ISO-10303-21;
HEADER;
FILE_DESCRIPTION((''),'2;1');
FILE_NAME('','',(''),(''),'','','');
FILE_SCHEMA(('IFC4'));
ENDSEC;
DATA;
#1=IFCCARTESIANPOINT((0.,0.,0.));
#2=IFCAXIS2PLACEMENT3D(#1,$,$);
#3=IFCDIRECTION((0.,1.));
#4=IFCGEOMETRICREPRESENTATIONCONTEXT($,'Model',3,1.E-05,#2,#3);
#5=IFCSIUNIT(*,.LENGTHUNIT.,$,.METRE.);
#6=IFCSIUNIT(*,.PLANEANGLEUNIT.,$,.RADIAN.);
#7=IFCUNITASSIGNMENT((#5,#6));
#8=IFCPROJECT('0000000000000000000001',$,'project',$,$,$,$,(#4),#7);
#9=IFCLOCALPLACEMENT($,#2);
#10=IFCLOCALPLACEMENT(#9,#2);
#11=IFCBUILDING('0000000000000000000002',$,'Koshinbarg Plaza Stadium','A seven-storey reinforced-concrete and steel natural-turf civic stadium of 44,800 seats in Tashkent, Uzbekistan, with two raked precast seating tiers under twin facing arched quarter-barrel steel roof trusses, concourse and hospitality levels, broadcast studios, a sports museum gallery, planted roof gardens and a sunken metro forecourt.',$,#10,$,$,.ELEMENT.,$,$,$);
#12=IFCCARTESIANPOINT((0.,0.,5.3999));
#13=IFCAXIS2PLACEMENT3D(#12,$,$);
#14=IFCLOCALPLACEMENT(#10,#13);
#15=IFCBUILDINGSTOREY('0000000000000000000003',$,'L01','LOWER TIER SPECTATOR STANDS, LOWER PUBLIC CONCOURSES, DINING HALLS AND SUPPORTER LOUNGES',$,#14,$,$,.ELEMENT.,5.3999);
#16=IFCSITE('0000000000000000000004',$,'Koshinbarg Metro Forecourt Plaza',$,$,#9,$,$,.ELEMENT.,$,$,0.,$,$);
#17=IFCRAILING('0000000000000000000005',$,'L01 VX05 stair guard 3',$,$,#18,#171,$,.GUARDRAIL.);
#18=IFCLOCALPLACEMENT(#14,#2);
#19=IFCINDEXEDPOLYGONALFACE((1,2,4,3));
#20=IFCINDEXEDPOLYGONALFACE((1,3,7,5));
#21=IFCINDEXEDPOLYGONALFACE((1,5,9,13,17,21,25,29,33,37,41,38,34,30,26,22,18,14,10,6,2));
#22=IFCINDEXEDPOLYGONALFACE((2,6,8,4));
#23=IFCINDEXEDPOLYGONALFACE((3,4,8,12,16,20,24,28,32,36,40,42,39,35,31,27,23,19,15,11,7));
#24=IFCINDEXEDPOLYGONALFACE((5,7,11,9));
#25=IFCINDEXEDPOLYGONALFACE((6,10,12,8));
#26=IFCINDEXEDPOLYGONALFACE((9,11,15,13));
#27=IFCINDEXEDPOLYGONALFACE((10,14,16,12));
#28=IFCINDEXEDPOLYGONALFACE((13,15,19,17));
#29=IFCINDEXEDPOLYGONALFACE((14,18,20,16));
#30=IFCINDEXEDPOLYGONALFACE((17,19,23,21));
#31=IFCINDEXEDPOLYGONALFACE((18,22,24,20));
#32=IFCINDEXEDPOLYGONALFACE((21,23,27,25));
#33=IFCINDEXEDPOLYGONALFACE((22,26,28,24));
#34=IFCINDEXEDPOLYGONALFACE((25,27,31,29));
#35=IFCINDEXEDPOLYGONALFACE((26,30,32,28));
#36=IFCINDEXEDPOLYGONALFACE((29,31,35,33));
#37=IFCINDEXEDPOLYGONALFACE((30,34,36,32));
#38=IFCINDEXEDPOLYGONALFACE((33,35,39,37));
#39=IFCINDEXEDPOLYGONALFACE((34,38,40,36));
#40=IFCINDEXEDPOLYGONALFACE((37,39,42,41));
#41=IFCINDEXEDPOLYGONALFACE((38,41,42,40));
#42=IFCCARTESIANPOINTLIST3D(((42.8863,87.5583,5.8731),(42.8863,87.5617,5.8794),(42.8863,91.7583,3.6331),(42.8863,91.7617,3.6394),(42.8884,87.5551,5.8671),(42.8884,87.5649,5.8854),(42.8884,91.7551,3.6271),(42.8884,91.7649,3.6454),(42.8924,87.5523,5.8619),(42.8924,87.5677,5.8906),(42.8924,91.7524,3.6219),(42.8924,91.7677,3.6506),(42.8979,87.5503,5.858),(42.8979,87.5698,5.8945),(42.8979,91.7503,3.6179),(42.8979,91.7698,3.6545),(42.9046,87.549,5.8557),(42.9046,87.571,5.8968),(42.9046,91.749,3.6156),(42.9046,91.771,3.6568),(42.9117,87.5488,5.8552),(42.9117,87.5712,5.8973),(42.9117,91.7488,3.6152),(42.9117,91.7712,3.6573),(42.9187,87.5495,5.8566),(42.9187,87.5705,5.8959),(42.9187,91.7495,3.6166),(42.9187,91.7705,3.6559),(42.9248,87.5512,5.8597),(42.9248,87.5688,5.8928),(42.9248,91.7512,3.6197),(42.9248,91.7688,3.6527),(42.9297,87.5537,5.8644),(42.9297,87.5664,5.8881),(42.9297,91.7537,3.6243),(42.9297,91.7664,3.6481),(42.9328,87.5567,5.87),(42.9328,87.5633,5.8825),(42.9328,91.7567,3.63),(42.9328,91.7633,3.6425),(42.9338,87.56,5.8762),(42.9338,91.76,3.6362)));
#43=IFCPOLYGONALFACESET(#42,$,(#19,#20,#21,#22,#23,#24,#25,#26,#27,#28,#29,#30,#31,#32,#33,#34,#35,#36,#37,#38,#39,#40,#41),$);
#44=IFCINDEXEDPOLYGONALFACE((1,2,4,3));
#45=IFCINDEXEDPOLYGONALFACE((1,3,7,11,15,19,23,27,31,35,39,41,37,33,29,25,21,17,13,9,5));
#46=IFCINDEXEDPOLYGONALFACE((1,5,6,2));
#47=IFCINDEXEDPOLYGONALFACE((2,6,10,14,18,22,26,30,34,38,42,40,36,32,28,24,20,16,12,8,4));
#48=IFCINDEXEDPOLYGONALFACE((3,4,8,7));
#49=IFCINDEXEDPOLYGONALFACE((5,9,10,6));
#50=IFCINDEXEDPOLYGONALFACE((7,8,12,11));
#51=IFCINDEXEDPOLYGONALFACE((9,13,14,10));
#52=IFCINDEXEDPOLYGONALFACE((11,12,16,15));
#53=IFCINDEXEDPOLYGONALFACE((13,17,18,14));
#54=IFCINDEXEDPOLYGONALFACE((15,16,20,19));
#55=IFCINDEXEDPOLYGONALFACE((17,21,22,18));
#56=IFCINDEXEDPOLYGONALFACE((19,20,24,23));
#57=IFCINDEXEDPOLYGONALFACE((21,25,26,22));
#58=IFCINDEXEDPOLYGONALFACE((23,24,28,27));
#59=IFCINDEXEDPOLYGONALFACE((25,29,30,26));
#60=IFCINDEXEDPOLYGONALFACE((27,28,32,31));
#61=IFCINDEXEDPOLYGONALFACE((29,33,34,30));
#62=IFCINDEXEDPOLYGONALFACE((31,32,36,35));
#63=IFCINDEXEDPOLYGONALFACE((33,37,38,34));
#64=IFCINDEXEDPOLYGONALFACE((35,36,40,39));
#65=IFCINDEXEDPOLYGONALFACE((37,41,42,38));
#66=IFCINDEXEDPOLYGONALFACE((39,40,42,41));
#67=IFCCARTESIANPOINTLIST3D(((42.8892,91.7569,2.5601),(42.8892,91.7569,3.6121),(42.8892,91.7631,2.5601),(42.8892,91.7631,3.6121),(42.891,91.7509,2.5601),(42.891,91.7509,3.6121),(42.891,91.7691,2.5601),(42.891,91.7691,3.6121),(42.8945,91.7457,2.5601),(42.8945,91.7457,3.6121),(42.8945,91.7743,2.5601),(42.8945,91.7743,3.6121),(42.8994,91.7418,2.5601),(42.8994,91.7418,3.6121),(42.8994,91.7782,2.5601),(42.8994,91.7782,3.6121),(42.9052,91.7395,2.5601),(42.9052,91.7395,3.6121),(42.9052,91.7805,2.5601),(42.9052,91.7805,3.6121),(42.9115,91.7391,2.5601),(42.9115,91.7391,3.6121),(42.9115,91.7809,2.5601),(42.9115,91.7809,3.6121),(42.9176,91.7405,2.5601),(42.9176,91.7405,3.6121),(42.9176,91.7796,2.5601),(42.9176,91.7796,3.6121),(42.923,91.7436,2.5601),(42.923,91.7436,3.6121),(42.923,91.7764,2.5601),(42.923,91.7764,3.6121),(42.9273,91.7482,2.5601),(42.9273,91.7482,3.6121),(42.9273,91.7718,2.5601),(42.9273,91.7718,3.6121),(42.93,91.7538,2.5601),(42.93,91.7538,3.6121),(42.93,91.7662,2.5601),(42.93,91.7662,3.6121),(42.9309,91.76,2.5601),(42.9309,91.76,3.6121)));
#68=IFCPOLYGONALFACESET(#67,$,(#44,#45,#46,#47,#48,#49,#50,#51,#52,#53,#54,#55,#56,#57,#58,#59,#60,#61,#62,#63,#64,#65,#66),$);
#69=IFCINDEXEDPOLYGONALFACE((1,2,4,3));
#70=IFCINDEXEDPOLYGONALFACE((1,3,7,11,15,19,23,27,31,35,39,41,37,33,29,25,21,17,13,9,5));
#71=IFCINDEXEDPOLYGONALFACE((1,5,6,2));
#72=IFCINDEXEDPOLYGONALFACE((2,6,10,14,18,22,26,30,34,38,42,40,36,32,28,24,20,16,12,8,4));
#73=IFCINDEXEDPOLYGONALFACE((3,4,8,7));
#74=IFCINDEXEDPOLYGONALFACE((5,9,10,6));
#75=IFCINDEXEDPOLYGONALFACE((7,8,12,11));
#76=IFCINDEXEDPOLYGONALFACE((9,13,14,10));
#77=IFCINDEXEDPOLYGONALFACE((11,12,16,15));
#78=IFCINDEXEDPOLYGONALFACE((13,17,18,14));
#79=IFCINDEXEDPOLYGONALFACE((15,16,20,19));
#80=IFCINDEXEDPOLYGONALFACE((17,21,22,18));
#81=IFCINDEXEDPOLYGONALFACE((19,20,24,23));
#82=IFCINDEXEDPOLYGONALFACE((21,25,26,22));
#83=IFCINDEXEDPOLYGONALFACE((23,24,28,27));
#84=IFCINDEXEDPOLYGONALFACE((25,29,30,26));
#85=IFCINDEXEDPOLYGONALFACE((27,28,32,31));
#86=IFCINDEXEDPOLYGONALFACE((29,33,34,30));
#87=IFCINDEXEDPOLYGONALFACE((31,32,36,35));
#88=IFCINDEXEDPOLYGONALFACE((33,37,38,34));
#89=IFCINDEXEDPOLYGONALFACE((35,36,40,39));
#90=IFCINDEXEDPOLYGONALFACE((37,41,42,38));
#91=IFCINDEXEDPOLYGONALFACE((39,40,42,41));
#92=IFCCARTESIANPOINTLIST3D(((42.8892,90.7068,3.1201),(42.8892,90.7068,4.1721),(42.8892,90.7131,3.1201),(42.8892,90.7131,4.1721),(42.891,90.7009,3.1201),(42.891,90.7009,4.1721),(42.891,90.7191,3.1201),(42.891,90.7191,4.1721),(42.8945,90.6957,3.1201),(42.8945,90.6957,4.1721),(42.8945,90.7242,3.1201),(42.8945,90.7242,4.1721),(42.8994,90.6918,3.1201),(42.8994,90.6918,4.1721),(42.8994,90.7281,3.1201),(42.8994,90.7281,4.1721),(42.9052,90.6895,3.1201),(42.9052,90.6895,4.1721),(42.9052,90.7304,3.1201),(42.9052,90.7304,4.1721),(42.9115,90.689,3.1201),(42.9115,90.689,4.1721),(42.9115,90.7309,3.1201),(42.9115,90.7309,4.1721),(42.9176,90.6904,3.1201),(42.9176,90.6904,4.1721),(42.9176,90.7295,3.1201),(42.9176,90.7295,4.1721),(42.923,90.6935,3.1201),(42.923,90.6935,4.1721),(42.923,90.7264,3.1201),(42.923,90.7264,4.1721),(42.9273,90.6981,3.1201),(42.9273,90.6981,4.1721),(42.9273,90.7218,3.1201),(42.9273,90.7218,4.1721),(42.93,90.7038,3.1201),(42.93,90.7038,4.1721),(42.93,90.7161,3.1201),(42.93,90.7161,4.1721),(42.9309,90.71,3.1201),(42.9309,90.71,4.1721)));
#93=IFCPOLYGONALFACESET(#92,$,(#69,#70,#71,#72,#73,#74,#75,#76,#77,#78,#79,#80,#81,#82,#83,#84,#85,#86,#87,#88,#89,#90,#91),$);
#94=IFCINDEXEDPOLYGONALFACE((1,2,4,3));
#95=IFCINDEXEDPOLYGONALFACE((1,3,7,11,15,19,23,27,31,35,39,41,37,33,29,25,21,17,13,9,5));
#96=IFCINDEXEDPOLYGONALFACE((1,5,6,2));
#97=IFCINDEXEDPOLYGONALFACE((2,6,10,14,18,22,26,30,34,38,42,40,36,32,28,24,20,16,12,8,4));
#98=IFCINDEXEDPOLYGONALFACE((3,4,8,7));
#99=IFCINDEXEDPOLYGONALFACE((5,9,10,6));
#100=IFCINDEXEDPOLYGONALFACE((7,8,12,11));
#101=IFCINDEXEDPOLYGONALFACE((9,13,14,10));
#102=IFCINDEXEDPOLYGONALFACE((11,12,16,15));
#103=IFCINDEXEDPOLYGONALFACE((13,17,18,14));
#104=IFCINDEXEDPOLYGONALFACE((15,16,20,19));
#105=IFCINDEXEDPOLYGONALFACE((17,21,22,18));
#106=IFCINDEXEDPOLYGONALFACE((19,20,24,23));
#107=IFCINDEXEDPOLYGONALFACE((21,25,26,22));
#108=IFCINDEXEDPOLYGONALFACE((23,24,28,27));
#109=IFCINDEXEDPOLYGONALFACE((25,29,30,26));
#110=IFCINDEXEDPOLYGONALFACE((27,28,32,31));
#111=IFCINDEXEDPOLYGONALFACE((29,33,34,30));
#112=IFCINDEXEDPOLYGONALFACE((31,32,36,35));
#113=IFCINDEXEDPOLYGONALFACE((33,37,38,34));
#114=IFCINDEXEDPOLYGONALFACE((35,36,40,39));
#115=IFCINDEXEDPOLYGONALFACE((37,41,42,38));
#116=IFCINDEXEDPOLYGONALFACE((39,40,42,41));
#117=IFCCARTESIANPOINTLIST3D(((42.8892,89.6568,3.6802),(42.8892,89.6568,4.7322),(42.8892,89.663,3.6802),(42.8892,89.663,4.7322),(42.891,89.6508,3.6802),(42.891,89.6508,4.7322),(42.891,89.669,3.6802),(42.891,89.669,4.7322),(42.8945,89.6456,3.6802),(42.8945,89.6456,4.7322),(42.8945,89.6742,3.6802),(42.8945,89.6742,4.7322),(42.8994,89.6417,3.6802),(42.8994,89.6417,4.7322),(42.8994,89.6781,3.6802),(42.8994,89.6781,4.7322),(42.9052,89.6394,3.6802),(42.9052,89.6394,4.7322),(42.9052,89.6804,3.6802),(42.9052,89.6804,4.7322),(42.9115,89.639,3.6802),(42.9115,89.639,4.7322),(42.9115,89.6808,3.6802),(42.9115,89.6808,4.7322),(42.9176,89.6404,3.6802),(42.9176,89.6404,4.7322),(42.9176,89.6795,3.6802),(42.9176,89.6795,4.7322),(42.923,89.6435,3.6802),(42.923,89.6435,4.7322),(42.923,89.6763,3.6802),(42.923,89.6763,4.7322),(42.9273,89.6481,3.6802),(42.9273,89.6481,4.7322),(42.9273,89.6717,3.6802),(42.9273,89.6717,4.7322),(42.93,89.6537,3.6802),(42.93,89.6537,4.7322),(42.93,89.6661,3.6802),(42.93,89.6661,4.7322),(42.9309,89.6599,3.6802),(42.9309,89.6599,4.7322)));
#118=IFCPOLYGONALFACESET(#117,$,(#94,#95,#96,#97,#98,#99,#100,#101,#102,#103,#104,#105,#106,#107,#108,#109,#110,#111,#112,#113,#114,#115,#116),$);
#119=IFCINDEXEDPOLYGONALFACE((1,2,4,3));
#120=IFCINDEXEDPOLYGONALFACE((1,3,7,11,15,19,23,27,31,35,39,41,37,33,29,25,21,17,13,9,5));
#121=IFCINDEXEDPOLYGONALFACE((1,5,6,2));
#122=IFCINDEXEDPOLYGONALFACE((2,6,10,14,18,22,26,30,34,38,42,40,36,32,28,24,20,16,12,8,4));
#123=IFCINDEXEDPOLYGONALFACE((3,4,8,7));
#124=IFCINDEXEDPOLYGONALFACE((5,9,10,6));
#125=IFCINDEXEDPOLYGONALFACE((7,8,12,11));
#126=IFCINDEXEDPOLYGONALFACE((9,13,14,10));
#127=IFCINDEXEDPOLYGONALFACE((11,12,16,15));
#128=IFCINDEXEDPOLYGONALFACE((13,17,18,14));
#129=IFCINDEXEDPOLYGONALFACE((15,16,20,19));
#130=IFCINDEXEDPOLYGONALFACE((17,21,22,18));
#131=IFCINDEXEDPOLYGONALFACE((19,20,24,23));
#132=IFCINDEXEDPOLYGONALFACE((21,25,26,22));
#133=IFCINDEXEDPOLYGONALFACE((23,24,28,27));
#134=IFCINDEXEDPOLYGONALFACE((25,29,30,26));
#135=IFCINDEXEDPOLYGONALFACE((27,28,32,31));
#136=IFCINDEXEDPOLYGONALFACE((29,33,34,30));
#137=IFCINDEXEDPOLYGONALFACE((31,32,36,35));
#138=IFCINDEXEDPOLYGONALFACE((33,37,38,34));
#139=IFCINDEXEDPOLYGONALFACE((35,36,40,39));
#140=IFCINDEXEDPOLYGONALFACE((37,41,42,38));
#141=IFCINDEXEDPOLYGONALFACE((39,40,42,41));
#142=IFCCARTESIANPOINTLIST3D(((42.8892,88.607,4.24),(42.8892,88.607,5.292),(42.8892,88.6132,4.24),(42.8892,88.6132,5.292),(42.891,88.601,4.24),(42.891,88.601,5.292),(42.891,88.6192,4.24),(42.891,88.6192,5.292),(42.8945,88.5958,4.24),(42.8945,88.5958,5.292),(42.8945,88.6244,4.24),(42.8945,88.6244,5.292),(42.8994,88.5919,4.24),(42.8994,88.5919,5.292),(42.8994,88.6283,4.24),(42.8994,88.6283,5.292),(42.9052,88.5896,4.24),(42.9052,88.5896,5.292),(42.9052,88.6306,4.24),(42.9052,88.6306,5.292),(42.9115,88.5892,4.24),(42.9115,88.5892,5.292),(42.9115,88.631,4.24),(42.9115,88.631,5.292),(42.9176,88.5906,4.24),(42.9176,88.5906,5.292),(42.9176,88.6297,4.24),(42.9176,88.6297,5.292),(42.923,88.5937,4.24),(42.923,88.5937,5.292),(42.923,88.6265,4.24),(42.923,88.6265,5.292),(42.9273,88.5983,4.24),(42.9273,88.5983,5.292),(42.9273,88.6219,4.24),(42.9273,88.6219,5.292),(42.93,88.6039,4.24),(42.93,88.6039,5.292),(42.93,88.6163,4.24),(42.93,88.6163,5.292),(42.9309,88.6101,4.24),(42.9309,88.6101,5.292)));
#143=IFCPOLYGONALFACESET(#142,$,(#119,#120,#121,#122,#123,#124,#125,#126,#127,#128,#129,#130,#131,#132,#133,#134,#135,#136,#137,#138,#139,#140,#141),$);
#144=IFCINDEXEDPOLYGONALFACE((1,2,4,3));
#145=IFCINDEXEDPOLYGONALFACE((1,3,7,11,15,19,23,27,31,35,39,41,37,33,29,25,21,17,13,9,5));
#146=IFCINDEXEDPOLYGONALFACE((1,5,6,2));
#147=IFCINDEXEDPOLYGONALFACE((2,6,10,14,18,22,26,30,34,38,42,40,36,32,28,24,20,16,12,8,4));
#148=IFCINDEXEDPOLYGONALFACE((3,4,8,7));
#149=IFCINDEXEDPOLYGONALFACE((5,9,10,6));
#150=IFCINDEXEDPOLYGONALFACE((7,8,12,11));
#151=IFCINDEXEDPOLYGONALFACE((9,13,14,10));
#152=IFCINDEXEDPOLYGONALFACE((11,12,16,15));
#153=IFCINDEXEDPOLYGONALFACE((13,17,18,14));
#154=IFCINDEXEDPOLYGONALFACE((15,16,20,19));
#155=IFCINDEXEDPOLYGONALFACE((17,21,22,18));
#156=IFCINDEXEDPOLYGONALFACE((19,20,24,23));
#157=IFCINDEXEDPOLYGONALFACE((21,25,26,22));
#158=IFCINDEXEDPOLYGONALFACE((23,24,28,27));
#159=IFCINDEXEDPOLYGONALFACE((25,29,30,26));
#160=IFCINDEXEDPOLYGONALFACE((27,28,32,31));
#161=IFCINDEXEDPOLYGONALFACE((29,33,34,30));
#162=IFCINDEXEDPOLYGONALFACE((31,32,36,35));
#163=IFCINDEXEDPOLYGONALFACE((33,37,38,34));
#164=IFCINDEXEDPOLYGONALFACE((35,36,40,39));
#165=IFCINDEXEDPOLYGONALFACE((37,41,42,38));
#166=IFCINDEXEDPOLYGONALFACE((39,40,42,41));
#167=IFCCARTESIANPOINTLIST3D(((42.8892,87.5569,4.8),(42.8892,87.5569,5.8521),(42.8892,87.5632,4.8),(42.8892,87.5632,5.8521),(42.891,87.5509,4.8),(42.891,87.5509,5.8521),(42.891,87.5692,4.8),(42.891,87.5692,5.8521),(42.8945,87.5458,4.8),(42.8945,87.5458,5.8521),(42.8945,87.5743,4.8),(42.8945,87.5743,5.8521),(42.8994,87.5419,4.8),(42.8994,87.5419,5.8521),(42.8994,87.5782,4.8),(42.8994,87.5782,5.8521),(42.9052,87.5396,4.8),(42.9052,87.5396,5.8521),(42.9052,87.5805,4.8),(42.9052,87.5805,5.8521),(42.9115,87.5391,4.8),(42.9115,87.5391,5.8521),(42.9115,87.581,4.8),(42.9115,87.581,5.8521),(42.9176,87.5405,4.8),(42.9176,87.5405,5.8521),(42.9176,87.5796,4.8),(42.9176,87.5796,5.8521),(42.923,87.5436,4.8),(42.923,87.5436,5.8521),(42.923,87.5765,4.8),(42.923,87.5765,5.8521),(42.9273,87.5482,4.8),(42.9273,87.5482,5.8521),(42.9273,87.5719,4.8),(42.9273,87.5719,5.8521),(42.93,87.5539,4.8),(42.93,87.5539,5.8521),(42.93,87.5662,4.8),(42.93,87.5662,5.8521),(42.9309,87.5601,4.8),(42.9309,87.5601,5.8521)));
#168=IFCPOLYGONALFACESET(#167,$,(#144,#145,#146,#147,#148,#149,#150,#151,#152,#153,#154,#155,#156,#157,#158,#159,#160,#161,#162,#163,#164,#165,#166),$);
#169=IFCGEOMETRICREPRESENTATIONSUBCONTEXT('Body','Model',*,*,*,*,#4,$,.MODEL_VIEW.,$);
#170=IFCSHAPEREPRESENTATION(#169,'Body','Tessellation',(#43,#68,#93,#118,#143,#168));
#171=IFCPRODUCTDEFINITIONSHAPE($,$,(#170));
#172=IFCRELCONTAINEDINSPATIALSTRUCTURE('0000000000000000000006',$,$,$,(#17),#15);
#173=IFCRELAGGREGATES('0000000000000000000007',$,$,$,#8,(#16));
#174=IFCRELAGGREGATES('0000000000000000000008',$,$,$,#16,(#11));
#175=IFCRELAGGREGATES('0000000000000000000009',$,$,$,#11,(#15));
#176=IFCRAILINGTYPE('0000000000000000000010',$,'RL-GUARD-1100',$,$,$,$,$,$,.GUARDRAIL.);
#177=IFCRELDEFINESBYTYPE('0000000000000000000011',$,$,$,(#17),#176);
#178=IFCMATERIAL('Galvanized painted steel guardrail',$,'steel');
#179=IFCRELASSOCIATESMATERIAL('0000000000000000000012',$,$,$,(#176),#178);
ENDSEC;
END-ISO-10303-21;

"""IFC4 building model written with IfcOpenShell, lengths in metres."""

from ifc_helpers import new_model, si_unit, direction, frame, origin, origin_2d, place, context, subcontext, project, spatial, circle, extrude, material, type_object, element, save


model = new_model("IFC4")

# Units and contexts
model_context = context("Model", 3, precision=1e-05, world=origin(), true_north=direction((0.0, 1.0)))
body_context = subcontext(model_context, "Body", "Model", "MODEL_VIEW")
ifc_project = project(units=[si_unit("LENGTHUNIT", "METRE"), si_unit("PLANEANGLEUNIT", "RADIAN")], contexts=[model_context])

# Site, building, storey
site_placement = place(None, origin())
site = spatial("IfcSite", under=ifc_project, at=site_placement, Name="Koshinbarg Metro Forecourt Plaza", CompositionType="ELEMENT", RefElevation=0.0)
building_placement = place(site_placement, origin())
building = spatial("IfcBuilding", under=site, at=building_placement, Name="Koshinbarg Plaza Stadium", Description="A seven-storey reinforced-concrete and steel natural-turf civic stadium of 44,800 seats in Tashkent, Uzbekistan, with two raked precast seating tiers under twin facing arched quarter-barrel steel roof trusses, concourse and hospitality levels, broadcast studios, a sports museum gallery, planted roof gardens and a sunken metro forecourt.", CompositionType="ELEMENT")
storey_placement = place(building_placement, frame((0.0, 0.0, 5.3999)))
storey = spatial("IfcBuildingStorey", under=building, at=storey_placement, Name="L01", Description="LOWER TIER SPECTATOR STANDS, LOWER PUBLIC CONCOURSES, DINING HALLS AND SUPPORTER LOUNGES", CompositionType="ELEMENT", Elevation=5.3999)

# Railing
ifc_material_1 = material(Name="Galvanized painted steel guardrail", Category="steel")
railing_type_1 = type_object("IfcRailingType", Name="RL-GUARD-1100", PredefinedType="GUARDRAIL", material=ifc_material_1)
railing_1_placement = place(storey_placement, frame((42.9099, 91.76, 2.5601)))
element("IfcRailing", 1, at=railing_1_placement, inside=storey, type_object=railing_type_1, Name="L01 VX05 stair guard 3", PredefinedType="GUARDRAIL", context=body_context, shape_type="SweptSolid", body=[
    extrude(circle(Radius=0.0239, at=origin_2d()), frame((0.0, 0.0, 1.0762), z_axis=(0.0, -0.882352, 0.470591), x_axis=(1.0, 0.0, 0.0)), (0.0, 0.0, 1.0), 4.76),
    extrude(circle(Radius=0.021, at=origin_2d()), origin(), (0.0, 0.0, 1.0), 1.052),
    extrude(circle(Radius=0.021, at=origin_2d()), frame((0.0, -1.05, 0.5601)), (0.0, 0.0, 1.0), 1.052),
    extrude(circle(Radius=0.021, at=origin_2d()), frame((0.0, -2.1001, 1.1201)), (0.0, 0.0, 1.0), 1.052),
    extrude(circle(Radius=0.021, at=origin_2d()), frame((0.0, -3.1499, 1.6799)), (0.0, 0.0, 1.0), 1.052),
    extrude(circle(Radius=0.021, at=origin_2d()), frame((0.0, -4.2, 2.24)), (0.0, 0.0, 1.0), 1.052),
])

save(model, "model.ifc")
